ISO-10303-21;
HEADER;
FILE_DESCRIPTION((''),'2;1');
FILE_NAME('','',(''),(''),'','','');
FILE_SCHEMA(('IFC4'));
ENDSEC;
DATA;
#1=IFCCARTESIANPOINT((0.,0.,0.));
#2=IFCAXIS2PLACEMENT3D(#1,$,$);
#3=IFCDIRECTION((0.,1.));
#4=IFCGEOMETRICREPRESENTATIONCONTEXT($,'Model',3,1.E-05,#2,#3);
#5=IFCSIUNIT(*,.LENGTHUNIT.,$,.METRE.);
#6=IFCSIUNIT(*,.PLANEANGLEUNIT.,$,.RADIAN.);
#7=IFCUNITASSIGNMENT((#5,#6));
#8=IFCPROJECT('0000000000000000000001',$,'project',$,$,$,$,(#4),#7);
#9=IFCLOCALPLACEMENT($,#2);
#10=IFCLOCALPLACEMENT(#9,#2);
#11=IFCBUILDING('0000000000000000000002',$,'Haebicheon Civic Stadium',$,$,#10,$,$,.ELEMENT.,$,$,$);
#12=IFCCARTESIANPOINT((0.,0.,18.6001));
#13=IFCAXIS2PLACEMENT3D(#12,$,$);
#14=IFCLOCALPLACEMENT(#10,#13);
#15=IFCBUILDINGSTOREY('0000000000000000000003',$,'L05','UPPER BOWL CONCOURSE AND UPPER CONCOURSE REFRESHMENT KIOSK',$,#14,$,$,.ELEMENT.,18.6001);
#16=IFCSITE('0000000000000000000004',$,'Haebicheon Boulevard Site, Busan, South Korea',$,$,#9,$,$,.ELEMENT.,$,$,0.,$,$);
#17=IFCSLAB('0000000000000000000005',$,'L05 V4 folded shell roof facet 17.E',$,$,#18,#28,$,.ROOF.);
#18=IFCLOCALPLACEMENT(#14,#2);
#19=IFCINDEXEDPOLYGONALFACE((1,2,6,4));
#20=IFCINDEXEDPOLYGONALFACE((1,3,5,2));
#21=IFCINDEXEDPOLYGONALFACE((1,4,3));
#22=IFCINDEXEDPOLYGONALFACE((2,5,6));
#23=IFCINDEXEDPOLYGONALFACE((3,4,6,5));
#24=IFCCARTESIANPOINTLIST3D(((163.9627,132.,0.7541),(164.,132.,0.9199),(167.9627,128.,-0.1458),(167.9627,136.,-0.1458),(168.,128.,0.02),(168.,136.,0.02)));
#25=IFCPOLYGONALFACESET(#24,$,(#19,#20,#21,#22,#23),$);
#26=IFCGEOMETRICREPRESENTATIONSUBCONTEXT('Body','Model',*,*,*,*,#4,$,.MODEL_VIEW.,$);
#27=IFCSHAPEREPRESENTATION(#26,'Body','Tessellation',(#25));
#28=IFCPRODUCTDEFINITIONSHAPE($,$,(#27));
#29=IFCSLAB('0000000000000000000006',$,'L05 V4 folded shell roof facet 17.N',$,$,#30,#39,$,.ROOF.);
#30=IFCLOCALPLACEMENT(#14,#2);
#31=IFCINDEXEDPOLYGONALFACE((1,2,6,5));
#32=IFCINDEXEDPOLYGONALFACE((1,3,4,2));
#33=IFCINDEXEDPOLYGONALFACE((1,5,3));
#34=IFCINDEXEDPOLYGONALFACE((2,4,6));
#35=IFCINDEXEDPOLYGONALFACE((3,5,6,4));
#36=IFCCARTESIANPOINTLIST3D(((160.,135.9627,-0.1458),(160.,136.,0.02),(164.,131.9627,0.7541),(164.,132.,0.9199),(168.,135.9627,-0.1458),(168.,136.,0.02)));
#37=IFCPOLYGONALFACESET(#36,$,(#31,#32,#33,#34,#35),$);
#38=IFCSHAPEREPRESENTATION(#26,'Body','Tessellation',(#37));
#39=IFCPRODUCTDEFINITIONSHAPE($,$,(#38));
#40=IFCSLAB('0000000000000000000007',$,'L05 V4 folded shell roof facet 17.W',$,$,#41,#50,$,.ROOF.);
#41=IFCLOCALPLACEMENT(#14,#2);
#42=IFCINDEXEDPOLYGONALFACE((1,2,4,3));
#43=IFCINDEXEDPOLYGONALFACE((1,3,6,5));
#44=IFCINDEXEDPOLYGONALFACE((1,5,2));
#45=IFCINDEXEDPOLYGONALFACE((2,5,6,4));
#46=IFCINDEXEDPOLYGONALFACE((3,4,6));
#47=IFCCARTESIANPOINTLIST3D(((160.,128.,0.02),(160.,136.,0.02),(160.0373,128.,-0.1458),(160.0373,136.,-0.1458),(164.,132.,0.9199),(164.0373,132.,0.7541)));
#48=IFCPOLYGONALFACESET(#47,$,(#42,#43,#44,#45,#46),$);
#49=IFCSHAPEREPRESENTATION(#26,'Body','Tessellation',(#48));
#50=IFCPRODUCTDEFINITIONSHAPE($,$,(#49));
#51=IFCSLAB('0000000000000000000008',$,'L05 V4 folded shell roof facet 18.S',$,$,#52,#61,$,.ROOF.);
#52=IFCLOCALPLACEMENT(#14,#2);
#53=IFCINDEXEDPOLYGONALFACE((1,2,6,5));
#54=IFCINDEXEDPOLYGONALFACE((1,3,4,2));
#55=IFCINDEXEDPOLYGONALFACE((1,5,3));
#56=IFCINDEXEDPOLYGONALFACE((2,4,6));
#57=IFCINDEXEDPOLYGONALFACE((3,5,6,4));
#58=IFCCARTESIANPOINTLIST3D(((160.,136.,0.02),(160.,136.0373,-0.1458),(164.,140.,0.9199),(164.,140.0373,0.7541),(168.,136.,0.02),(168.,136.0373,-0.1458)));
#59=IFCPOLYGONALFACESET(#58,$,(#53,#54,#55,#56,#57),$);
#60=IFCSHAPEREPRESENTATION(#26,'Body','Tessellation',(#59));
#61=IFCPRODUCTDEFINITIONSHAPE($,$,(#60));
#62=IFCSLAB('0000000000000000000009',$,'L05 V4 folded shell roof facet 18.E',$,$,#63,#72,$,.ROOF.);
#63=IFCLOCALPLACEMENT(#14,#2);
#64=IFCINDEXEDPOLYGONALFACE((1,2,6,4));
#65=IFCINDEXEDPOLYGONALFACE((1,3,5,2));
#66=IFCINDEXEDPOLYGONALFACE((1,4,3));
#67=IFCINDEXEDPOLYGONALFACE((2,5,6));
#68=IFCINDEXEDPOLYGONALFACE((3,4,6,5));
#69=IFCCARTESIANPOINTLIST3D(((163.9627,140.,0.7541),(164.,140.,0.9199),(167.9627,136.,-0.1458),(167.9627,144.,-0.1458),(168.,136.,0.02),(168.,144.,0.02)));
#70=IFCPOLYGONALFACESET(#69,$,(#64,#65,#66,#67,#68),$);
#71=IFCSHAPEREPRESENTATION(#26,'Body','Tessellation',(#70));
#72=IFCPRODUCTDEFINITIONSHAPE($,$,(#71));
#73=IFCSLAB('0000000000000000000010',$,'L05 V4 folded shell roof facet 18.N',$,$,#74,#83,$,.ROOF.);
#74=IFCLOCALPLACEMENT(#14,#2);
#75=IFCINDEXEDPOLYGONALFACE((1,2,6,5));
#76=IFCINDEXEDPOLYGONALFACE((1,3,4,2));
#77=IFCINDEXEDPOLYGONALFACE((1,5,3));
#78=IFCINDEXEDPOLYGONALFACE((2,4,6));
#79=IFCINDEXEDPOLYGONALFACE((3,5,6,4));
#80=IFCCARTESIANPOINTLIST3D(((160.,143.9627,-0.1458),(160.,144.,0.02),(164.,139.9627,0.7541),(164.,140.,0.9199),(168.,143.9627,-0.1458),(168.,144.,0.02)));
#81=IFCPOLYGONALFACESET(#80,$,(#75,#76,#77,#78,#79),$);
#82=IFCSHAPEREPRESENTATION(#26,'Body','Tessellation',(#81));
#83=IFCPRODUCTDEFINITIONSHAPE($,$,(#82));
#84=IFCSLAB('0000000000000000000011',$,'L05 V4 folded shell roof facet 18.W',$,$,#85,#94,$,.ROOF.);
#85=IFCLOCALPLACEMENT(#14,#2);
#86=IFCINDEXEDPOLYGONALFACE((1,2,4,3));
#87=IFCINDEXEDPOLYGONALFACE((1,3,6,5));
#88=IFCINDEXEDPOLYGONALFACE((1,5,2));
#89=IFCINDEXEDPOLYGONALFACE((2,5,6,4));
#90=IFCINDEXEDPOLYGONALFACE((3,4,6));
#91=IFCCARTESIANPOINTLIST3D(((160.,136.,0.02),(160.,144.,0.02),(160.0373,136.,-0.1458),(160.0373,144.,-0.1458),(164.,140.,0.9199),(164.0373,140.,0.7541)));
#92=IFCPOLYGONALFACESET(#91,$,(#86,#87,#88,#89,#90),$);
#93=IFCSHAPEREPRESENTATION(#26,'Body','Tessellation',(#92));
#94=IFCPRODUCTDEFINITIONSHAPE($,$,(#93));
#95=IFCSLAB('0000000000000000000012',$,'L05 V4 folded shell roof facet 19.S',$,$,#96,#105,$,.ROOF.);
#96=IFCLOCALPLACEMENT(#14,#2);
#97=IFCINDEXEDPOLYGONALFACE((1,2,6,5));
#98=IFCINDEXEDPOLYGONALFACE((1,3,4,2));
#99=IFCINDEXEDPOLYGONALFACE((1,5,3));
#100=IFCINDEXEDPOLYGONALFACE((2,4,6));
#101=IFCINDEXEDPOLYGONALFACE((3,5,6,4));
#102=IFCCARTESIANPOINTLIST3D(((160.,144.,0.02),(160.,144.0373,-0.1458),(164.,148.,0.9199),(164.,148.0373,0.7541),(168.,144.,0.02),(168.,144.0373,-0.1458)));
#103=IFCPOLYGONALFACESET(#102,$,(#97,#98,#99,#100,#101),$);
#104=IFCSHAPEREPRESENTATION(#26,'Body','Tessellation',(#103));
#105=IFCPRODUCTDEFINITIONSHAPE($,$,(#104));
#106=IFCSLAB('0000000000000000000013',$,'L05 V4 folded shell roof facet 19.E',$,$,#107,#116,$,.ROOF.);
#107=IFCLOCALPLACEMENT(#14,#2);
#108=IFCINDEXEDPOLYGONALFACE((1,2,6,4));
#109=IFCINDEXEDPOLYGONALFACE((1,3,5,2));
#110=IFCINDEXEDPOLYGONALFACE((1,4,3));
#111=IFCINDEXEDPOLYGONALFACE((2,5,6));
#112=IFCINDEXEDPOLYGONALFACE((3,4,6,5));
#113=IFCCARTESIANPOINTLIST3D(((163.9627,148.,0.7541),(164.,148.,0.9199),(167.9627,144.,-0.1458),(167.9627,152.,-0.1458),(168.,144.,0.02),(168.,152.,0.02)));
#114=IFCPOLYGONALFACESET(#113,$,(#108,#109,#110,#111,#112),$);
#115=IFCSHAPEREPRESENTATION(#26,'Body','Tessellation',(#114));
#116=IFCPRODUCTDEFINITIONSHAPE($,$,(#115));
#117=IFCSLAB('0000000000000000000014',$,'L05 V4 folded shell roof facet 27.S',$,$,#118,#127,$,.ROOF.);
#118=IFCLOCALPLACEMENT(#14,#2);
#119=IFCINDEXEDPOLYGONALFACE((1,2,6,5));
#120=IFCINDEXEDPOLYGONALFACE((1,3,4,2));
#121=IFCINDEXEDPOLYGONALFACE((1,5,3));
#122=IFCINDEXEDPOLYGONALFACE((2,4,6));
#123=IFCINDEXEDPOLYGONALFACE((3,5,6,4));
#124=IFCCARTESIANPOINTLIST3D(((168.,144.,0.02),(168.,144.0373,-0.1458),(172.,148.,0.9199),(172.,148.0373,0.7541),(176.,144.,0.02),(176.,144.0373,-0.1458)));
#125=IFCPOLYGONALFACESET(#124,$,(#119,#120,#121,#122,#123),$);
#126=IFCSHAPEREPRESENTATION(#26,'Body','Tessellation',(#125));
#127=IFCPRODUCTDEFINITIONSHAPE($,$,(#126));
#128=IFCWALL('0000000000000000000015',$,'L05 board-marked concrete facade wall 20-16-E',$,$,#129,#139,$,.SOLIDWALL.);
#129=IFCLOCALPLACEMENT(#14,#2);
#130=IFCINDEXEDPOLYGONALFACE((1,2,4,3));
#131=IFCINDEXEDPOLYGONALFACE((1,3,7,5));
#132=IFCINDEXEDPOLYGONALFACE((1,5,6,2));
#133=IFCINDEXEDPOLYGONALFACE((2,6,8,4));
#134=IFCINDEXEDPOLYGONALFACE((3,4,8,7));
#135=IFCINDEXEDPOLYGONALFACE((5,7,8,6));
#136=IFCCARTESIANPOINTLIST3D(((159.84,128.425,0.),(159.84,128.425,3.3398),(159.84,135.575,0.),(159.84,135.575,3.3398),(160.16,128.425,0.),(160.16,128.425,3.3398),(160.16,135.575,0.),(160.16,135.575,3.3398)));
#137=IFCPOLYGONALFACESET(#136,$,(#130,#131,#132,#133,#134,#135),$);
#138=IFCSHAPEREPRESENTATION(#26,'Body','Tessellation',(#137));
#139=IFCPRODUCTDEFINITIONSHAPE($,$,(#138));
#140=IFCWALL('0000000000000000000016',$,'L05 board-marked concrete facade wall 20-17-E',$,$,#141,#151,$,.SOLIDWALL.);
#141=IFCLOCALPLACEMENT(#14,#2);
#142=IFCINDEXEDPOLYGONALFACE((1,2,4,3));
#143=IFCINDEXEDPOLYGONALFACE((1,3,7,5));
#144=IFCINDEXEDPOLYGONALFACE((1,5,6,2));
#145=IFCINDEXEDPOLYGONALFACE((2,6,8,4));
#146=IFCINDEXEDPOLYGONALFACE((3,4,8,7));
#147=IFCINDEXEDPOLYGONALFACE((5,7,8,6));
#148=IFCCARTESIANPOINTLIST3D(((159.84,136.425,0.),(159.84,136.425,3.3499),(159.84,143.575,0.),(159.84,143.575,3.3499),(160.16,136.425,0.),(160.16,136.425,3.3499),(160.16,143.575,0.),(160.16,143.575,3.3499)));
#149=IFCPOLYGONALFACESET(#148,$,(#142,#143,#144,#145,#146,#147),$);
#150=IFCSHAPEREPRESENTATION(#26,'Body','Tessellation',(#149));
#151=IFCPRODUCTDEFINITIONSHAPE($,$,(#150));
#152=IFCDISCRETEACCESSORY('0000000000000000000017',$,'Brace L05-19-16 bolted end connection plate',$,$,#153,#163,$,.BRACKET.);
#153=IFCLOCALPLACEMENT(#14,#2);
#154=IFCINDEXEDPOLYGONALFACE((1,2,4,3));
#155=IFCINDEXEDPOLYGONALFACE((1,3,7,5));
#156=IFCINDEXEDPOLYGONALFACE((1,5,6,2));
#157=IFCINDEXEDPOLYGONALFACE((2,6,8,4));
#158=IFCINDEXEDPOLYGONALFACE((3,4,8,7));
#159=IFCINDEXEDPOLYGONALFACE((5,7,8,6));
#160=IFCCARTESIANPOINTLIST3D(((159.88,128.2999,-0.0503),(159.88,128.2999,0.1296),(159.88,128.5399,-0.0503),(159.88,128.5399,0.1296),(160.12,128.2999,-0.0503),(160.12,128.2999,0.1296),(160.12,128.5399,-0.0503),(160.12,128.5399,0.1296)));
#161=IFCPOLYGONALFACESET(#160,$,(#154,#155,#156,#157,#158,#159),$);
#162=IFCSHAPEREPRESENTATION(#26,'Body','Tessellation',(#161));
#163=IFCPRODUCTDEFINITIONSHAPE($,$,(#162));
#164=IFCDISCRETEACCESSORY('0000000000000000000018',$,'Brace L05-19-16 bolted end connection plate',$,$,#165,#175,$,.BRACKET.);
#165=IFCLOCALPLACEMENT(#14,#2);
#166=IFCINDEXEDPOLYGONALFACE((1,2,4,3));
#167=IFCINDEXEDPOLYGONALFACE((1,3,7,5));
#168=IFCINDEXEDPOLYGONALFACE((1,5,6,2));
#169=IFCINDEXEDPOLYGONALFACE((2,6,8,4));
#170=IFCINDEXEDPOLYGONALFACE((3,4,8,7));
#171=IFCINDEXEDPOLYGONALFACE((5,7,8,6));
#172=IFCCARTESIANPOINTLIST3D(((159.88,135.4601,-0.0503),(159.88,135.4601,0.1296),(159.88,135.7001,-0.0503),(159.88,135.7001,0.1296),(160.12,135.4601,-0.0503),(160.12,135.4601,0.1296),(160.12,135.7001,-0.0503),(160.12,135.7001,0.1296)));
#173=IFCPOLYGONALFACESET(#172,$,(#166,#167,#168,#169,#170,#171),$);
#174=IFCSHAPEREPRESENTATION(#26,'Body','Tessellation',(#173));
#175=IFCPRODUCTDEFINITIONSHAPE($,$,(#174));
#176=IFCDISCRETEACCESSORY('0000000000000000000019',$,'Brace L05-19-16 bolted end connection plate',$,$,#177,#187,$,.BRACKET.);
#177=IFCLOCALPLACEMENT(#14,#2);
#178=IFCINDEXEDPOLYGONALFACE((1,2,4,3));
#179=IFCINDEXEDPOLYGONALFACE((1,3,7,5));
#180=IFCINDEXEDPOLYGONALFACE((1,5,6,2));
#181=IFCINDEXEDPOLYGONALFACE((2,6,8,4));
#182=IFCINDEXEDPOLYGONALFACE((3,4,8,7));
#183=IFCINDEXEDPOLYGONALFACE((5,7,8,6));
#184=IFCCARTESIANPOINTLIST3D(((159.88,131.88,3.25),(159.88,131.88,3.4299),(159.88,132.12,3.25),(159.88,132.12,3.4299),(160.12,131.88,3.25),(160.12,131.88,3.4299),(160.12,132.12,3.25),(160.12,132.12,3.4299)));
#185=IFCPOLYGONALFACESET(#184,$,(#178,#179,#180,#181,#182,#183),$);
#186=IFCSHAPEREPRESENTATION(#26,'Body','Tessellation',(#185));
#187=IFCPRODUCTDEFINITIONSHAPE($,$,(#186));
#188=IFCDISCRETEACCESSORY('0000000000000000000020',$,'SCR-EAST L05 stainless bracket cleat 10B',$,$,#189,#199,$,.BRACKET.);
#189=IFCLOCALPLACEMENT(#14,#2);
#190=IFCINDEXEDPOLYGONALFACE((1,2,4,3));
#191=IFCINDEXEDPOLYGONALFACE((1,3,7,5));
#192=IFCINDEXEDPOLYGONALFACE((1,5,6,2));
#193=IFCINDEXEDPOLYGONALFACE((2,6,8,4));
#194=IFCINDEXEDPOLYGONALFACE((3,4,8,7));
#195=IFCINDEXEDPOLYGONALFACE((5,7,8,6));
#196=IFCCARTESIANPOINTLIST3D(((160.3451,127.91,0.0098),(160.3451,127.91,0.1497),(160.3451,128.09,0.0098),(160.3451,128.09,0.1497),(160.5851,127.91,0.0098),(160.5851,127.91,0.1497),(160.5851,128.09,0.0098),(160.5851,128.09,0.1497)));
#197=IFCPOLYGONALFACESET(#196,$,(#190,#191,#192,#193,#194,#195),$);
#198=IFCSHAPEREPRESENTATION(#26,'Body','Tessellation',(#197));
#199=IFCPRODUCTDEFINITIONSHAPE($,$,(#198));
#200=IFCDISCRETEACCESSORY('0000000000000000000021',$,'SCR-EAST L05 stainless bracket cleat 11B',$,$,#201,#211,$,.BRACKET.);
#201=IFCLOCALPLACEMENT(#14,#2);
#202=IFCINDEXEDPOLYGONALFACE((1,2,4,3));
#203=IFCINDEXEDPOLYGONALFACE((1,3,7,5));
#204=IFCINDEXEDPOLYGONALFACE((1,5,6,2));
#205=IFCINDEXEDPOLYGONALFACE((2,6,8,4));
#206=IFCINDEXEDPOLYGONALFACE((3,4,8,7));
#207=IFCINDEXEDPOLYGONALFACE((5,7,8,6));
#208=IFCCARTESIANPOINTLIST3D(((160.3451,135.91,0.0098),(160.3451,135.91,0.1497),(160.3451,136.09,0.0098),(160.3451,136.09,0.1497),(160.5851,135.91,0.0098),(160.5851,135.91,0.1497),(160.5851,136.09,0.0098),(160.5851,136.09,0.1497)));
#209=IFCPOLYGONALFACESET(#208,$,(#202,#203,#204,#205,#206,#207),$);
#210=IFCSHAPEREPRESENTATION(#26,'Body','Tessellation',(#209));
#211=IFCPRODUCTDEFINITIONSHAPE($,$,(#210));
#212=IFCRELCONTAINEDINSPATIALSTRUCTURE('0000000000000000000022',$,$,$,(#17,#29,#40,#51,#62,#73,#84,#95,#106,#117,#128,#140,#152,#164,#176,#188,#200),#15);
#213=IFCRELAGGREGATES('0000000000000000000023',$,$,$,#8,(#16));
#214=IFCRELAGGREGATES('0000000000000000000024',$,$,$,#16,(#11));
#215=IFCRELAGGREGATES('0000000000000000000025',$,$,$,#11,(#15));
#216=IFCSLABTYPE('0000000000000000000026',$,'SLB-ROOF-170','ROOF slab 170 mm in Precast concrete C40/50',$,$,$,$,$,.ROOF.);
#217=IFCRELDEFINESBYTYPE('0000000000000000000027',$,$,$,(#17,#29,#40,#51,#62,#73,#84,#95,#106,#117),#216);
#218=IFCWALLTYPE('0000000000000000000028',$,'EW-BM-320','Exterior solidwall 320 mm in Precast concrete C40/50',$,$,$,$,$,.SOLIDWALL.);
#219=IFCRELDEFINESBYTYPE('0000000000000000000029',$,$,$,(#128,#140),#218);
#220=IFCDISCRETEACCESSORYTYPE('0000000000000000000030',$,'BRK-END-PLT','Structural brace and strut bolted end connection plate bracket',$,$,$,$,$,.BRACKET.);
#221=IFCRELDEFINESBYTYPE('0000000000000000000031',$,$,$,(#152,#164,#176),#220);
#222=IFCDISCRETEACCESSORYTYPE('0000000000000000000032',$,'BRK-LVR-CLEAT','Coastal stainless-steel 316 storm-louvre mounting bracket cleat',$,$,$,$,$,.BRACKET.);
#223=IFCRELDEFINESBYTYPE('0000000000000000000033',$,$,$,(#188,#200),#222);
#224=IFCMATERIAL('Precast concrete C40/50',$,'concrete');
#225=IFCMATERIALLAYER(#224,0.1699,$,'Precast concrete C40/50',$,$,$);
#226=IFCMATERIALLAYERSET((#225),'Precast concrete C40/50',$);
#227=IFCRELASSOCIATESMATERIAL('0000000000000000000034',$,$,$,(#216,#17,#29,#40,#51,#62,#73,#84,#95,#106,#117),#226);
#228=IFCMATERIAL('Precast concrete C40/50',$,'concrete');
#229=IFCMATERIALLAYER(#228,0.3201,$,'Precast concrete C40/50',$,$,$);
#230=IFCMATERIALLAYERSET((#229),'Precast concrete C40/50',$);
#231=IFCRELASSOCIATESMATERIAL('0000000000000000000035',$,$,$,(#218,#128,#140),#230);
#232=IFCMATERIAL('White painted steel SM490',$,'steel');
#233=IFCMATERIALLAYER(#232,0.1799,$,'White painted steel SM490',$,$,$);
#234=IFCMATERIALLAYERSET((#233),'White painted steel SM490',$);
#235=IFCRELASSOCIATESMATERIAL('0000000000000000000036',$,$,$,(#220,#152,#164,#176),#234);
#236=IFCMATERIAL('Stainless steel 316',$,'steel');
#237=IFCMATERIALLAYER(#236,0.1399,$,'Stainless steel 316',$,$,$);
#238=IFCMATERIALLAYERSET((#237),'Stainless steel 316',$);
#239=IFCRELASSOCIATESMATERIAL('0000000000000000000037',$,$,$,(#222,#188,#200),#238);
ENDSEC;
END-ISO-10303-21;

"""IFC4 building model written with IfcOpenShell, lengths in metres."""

from ifc_helpers import new_model, si_unit, direction, frame, frame_2d, origin, origin_2d, place, context, subcontext, project, spatial, polyline, rectangle, outline, extrude, material, layer, layer_set, type_object, element, save


model = new_model("IFC4")

# Units and contexts
model_context = context("Model", 3, precision=1e-05, world=origin(), true_north=direction((0.0, 1.0)))
body_context = subcontext(model_context, "Body", "Model", "MODEL_VIEW")
ifc_project = project(units=[si_unit("LENGTHUNIT", "METRE"), si_unit("PLANEANGLEUNIT", "RADIAN")], contexts=[model_context])

# Site, building, storey
site_placement = place(None, origin())
site = spatial("IfcSite", under=ifc_project, at=site_placement, Name="Haebicheon Boulevard Site, Busan, South Korea", CompositionType="ELEMENT", RefElevation=0.0)
building_placement = place(site_placement, origin())
building = spatial("IfcBuilding", under=site, at=building_placement, Name="Haebicheon Civic Stadium", CompositionType="ELEMENT")
storey_placement = place(building_placement, frame((0.0, 0.0, 18.6001)))
storey = spatial("IfcBuildingStorey", under=building, at=storey_placement, Name="L05", Description="UPPER BOWL CONCOURSE AND UPPER CONCOURSE REFRESHMENT KIOSK", CompositionType="ELEMENT", Elevation=18.6001)

# Slabs
ifc_material_1 = material(Name="Precast concrete C40/50", Category="concrete")
ifc_layer_1 = layer(ifc_material_1, 0.1699, Name="Precast concrete C40/50")
ifc_layer_set_1 = layer_set([ifc_layer_1], Name="Precast concrete C40/50")
slab_type = type_object("IfcSlabType", Name="SLB-ROOF-170", Description="ROOF slab 170 mm in Precast concrete C40/50", PredefinedType="ROOF", material=ifc_layer_set_1)
for number, where, z_axis, x_axis, name in (
    (1, (168.0, 128.0, 0.02), (0.21949, 0.0, 0.975615), (0.0, 1.0, 0.0), "L05 V4 folded shell roof facet 17.E"),
    (2, (168.0, 136.0, 0.02), (0.0, 0.21949, 0.975615), (-1.0, 0.0, 0.0), "L05 V4 folded shell roof facet 17.N"),
    (3, (160.0, 136.0, 0.02), (-0.21949, 0.0, 0.975615), (0.0, -1.0, 0.0), "L05 V4 folded shell roof facet 17.W"),
    (4, (160.0, 136.0, 0.02), (0.0, -0.21949, 0.975615), (1.0, 0.0, 0.0), "L05 V4 folded shell roof facet 18.S"),
    (5, (168.0, 136.0, 0.02), (0.21949, 0.0, 0.975615), (0.0, 1.0, 0.0), "L05 V4 folded shell roof facet 18.E"),
    (6, (168.0, 144.0, 0.02), (0.0, 0.21949, 0.975615), (-1.0, 0.0, 0.0), "L05 V4 folded shell roof facet 18.N"),
    (7, (160.0, 144.0, 0.02), (-0.21949, 0.0, 0.975615), (0.0, -1.0, 0.0), "L05 V4 folded shell roof facet 18.W"),
    (8, (160.0, 144.0, 0.02), (0.0, -0.21949, 0.975615), (1.0, 0.0, 0.0), "L05 V4 folded shell roof facet 19.S"),
    (9, (168.0, 144.0, 0.02), (0.21949, 0.0, 0.975615), (0.0, 1.0, 0.0), "L05 V4 folded shell roof facet 19.E"),
    (10, (168.0, 144.0, 0.02), (0.0, -0.21949, 0.975615), (1.0, 0.0, 0.0), "L05 V4 folded shell roof facet 27.S"),
):
    element("IfcSlab", number, at=place(storey_placement, frame(where, z_axis=z_axis, x_axis=x_axis)), inside=storey, type_object=slab_type, material=ifc_layer_set_1, Name=name, PredefinedType="ROOF", context=body_context, shape_type="SweptSolid", body=[
        extrude(outline(polyline([(0.0, 0.0), (8.0, 0.0), (4.0, 4.1), (0.0, 0.0)])), origin(), (0.0, 0.0, -1.0), 0.1699),
    ])

# Walls
ifc_material_2 = material(Name="Precast concrete C40/50", Category="concrete")
ifc_layer_2 = layer(ifc_material_2, 0.3201, Name="Precast concrete C40/50")
ifc_layer_set_2 = layer_set([ifc_layer_2], Name="Precast concrete C40/50")
wall_type = type_object("IfcWallType", Name="EW-BM-320", Description="Exterior solidwall 320 mm in Precast concrete C40/50", PredefinedType="SOLIDWALL", material=ifc_layer_set_2)
wall_1_placement = place(storey_placement, frame((160.0, 128.425, 0.0), z_axis=(0.0, 0.0, 1.0), x_axis=(0.0, 1.0, 0.0)))
element("IfcWall", 11, at=wall_1_placement, inside=storey, type_object=wall_type, material=ifc_layer_set_2, Name="L05 board-marked concrete facade wall 20-16-E", PredefinedType="SOLIDWALL", context=body_context, shape_type="SweptSolid", body=[
    extrude(rectangle(XDim=7.1499, YDim=0.3201, at=frame_2d((3.575, 0.0))), origin(), (0.0, 0.0, 1.0), 3.3398),
])
wall_2_placement = place(storey_placement, frame((160.0, 136.425, 0.0), z_axis=(0.0, 0.0, 1.0), x_axis=(0.0, 1.0, 0.0)))
element("IfcWall", 12, at=wall_2_placement, inside=storey, type_object=wall_type, material=ifc_layer_set_2, Name="L05 board-marked concrete facade wall 20-17-E", PredefinedType="SOLIDWALL", context=body_context, shape_type="SweptSolid", body=[
    extrude(rectangle(XDim=7.1499, YDim=0.3201, at=frame_2d((3.575, 0.0))), origin(), (0.0, 0.0, 1.0), 3.3499),
])

# Discrete accessories
ifc_material_3 = material(Name="White painted steel SM490", Category="steel")
ifc_layer_3 = layer(ifc_material_3, 0.1799, Name="White painted steel SM490")
ifc_layer_set_3 = layer_set([ifc_layer_3], Name="White painted steel SM490")
discrete_accessory_type_1 = type_object("IfcDiscreteAccessoryType", Name="BRK-END-PLT", Description="Structural brace and strut bolted end connection plate bracket", PredefinedType="BRACKET", material=ifc_layer_set_3)
for number, where, z_axis, x_axis, name in (
    (13, (160.0, 128.4199, -0.0503), (0.0, 0.0, 1.0), (1.0, 0.0, 0.0), "Brace L05-19-16 bolted end connection plate"),
    (14, (160.0, 135.5801, -0.0503), (0.0, 0.0, 1.0), (1.0, 0.0, 0.0), "Brace L05-19-16 bolted end connection plate"),
    (15, (160.0, 132.0, 3.25), (0.0, 0.0, 1.0), (1.0, 0.0, 0.0), "Brace L05-19-16 bolted end connection plate"),
):
    element("IfcDiscreteAccessory", number, at=place(storey_placement, frame(where, z_axis=z_axis, x_axis=x_axis)), inside=storey, type_object=discrete_accessory_type_1, material=ifc_layer_set_3, Name=name, PredefinedType="BRACKET", context=body_context, shape_type="SweptSolid", body=[
        extrude(rectangle(XDim=0.24, YDim=0.24, at=origin_2d()), origin(), (0.0, 0.0, 1.0), 0.1799),
    ])
ifc_material_4 = material(Name="Stainless steel 316", Category="steel")
ifc_layer_4 = layer(ifc_material_4, 0.1399, Name="Stainless steel 316")
ifc_layer_set_4 = layer_set([ifc_layer_4], Name="Stainless steel 316")
discrete_accessory_type_2 = type_object("IfcDiscreteAccessoryType", Name="BRK-LVR-CLEAT", Description="Coastal stainless-steel 316 storm-louvre mounting bracket cleat", PredefinedType="BRACKET", material=ifc_layer_set_4)
for number, where, z_axis, x_axis, name in (
    (16, (160.4651, 128.0, 0.0098), (0.0, 0.0, 1.0), (1.0, 0.0, 0.0), "SCR-EAST L05 stainless bracket cleat 10B"),
    (17, (160.4651, 136.0, 0.0098), (0.0, 0.0, 1.0), (1.0, 0.0, 0.0), "SCR-EAST L05 stainless bracket cleat 11B"),
):
    element("IfcDiscreteAccessory", number, at=place(storey_placement, frame(where, z_axis=z_axis, x_axis=x_axis)), inside=storey, type_object=discrete_accessory_type_2, material=ifc_layer_set_4, Name=name, PredefinedType="BRACKET", context=body_context, shape_type="SweptSolid", body=[
        extrude(rectangle(XDim=0.24, YDim=0.1799, at=origin_2d()), origin(), (0.0, 0.0, 1.0), 0.1399),
    ])

save(model, "model.ifc")
